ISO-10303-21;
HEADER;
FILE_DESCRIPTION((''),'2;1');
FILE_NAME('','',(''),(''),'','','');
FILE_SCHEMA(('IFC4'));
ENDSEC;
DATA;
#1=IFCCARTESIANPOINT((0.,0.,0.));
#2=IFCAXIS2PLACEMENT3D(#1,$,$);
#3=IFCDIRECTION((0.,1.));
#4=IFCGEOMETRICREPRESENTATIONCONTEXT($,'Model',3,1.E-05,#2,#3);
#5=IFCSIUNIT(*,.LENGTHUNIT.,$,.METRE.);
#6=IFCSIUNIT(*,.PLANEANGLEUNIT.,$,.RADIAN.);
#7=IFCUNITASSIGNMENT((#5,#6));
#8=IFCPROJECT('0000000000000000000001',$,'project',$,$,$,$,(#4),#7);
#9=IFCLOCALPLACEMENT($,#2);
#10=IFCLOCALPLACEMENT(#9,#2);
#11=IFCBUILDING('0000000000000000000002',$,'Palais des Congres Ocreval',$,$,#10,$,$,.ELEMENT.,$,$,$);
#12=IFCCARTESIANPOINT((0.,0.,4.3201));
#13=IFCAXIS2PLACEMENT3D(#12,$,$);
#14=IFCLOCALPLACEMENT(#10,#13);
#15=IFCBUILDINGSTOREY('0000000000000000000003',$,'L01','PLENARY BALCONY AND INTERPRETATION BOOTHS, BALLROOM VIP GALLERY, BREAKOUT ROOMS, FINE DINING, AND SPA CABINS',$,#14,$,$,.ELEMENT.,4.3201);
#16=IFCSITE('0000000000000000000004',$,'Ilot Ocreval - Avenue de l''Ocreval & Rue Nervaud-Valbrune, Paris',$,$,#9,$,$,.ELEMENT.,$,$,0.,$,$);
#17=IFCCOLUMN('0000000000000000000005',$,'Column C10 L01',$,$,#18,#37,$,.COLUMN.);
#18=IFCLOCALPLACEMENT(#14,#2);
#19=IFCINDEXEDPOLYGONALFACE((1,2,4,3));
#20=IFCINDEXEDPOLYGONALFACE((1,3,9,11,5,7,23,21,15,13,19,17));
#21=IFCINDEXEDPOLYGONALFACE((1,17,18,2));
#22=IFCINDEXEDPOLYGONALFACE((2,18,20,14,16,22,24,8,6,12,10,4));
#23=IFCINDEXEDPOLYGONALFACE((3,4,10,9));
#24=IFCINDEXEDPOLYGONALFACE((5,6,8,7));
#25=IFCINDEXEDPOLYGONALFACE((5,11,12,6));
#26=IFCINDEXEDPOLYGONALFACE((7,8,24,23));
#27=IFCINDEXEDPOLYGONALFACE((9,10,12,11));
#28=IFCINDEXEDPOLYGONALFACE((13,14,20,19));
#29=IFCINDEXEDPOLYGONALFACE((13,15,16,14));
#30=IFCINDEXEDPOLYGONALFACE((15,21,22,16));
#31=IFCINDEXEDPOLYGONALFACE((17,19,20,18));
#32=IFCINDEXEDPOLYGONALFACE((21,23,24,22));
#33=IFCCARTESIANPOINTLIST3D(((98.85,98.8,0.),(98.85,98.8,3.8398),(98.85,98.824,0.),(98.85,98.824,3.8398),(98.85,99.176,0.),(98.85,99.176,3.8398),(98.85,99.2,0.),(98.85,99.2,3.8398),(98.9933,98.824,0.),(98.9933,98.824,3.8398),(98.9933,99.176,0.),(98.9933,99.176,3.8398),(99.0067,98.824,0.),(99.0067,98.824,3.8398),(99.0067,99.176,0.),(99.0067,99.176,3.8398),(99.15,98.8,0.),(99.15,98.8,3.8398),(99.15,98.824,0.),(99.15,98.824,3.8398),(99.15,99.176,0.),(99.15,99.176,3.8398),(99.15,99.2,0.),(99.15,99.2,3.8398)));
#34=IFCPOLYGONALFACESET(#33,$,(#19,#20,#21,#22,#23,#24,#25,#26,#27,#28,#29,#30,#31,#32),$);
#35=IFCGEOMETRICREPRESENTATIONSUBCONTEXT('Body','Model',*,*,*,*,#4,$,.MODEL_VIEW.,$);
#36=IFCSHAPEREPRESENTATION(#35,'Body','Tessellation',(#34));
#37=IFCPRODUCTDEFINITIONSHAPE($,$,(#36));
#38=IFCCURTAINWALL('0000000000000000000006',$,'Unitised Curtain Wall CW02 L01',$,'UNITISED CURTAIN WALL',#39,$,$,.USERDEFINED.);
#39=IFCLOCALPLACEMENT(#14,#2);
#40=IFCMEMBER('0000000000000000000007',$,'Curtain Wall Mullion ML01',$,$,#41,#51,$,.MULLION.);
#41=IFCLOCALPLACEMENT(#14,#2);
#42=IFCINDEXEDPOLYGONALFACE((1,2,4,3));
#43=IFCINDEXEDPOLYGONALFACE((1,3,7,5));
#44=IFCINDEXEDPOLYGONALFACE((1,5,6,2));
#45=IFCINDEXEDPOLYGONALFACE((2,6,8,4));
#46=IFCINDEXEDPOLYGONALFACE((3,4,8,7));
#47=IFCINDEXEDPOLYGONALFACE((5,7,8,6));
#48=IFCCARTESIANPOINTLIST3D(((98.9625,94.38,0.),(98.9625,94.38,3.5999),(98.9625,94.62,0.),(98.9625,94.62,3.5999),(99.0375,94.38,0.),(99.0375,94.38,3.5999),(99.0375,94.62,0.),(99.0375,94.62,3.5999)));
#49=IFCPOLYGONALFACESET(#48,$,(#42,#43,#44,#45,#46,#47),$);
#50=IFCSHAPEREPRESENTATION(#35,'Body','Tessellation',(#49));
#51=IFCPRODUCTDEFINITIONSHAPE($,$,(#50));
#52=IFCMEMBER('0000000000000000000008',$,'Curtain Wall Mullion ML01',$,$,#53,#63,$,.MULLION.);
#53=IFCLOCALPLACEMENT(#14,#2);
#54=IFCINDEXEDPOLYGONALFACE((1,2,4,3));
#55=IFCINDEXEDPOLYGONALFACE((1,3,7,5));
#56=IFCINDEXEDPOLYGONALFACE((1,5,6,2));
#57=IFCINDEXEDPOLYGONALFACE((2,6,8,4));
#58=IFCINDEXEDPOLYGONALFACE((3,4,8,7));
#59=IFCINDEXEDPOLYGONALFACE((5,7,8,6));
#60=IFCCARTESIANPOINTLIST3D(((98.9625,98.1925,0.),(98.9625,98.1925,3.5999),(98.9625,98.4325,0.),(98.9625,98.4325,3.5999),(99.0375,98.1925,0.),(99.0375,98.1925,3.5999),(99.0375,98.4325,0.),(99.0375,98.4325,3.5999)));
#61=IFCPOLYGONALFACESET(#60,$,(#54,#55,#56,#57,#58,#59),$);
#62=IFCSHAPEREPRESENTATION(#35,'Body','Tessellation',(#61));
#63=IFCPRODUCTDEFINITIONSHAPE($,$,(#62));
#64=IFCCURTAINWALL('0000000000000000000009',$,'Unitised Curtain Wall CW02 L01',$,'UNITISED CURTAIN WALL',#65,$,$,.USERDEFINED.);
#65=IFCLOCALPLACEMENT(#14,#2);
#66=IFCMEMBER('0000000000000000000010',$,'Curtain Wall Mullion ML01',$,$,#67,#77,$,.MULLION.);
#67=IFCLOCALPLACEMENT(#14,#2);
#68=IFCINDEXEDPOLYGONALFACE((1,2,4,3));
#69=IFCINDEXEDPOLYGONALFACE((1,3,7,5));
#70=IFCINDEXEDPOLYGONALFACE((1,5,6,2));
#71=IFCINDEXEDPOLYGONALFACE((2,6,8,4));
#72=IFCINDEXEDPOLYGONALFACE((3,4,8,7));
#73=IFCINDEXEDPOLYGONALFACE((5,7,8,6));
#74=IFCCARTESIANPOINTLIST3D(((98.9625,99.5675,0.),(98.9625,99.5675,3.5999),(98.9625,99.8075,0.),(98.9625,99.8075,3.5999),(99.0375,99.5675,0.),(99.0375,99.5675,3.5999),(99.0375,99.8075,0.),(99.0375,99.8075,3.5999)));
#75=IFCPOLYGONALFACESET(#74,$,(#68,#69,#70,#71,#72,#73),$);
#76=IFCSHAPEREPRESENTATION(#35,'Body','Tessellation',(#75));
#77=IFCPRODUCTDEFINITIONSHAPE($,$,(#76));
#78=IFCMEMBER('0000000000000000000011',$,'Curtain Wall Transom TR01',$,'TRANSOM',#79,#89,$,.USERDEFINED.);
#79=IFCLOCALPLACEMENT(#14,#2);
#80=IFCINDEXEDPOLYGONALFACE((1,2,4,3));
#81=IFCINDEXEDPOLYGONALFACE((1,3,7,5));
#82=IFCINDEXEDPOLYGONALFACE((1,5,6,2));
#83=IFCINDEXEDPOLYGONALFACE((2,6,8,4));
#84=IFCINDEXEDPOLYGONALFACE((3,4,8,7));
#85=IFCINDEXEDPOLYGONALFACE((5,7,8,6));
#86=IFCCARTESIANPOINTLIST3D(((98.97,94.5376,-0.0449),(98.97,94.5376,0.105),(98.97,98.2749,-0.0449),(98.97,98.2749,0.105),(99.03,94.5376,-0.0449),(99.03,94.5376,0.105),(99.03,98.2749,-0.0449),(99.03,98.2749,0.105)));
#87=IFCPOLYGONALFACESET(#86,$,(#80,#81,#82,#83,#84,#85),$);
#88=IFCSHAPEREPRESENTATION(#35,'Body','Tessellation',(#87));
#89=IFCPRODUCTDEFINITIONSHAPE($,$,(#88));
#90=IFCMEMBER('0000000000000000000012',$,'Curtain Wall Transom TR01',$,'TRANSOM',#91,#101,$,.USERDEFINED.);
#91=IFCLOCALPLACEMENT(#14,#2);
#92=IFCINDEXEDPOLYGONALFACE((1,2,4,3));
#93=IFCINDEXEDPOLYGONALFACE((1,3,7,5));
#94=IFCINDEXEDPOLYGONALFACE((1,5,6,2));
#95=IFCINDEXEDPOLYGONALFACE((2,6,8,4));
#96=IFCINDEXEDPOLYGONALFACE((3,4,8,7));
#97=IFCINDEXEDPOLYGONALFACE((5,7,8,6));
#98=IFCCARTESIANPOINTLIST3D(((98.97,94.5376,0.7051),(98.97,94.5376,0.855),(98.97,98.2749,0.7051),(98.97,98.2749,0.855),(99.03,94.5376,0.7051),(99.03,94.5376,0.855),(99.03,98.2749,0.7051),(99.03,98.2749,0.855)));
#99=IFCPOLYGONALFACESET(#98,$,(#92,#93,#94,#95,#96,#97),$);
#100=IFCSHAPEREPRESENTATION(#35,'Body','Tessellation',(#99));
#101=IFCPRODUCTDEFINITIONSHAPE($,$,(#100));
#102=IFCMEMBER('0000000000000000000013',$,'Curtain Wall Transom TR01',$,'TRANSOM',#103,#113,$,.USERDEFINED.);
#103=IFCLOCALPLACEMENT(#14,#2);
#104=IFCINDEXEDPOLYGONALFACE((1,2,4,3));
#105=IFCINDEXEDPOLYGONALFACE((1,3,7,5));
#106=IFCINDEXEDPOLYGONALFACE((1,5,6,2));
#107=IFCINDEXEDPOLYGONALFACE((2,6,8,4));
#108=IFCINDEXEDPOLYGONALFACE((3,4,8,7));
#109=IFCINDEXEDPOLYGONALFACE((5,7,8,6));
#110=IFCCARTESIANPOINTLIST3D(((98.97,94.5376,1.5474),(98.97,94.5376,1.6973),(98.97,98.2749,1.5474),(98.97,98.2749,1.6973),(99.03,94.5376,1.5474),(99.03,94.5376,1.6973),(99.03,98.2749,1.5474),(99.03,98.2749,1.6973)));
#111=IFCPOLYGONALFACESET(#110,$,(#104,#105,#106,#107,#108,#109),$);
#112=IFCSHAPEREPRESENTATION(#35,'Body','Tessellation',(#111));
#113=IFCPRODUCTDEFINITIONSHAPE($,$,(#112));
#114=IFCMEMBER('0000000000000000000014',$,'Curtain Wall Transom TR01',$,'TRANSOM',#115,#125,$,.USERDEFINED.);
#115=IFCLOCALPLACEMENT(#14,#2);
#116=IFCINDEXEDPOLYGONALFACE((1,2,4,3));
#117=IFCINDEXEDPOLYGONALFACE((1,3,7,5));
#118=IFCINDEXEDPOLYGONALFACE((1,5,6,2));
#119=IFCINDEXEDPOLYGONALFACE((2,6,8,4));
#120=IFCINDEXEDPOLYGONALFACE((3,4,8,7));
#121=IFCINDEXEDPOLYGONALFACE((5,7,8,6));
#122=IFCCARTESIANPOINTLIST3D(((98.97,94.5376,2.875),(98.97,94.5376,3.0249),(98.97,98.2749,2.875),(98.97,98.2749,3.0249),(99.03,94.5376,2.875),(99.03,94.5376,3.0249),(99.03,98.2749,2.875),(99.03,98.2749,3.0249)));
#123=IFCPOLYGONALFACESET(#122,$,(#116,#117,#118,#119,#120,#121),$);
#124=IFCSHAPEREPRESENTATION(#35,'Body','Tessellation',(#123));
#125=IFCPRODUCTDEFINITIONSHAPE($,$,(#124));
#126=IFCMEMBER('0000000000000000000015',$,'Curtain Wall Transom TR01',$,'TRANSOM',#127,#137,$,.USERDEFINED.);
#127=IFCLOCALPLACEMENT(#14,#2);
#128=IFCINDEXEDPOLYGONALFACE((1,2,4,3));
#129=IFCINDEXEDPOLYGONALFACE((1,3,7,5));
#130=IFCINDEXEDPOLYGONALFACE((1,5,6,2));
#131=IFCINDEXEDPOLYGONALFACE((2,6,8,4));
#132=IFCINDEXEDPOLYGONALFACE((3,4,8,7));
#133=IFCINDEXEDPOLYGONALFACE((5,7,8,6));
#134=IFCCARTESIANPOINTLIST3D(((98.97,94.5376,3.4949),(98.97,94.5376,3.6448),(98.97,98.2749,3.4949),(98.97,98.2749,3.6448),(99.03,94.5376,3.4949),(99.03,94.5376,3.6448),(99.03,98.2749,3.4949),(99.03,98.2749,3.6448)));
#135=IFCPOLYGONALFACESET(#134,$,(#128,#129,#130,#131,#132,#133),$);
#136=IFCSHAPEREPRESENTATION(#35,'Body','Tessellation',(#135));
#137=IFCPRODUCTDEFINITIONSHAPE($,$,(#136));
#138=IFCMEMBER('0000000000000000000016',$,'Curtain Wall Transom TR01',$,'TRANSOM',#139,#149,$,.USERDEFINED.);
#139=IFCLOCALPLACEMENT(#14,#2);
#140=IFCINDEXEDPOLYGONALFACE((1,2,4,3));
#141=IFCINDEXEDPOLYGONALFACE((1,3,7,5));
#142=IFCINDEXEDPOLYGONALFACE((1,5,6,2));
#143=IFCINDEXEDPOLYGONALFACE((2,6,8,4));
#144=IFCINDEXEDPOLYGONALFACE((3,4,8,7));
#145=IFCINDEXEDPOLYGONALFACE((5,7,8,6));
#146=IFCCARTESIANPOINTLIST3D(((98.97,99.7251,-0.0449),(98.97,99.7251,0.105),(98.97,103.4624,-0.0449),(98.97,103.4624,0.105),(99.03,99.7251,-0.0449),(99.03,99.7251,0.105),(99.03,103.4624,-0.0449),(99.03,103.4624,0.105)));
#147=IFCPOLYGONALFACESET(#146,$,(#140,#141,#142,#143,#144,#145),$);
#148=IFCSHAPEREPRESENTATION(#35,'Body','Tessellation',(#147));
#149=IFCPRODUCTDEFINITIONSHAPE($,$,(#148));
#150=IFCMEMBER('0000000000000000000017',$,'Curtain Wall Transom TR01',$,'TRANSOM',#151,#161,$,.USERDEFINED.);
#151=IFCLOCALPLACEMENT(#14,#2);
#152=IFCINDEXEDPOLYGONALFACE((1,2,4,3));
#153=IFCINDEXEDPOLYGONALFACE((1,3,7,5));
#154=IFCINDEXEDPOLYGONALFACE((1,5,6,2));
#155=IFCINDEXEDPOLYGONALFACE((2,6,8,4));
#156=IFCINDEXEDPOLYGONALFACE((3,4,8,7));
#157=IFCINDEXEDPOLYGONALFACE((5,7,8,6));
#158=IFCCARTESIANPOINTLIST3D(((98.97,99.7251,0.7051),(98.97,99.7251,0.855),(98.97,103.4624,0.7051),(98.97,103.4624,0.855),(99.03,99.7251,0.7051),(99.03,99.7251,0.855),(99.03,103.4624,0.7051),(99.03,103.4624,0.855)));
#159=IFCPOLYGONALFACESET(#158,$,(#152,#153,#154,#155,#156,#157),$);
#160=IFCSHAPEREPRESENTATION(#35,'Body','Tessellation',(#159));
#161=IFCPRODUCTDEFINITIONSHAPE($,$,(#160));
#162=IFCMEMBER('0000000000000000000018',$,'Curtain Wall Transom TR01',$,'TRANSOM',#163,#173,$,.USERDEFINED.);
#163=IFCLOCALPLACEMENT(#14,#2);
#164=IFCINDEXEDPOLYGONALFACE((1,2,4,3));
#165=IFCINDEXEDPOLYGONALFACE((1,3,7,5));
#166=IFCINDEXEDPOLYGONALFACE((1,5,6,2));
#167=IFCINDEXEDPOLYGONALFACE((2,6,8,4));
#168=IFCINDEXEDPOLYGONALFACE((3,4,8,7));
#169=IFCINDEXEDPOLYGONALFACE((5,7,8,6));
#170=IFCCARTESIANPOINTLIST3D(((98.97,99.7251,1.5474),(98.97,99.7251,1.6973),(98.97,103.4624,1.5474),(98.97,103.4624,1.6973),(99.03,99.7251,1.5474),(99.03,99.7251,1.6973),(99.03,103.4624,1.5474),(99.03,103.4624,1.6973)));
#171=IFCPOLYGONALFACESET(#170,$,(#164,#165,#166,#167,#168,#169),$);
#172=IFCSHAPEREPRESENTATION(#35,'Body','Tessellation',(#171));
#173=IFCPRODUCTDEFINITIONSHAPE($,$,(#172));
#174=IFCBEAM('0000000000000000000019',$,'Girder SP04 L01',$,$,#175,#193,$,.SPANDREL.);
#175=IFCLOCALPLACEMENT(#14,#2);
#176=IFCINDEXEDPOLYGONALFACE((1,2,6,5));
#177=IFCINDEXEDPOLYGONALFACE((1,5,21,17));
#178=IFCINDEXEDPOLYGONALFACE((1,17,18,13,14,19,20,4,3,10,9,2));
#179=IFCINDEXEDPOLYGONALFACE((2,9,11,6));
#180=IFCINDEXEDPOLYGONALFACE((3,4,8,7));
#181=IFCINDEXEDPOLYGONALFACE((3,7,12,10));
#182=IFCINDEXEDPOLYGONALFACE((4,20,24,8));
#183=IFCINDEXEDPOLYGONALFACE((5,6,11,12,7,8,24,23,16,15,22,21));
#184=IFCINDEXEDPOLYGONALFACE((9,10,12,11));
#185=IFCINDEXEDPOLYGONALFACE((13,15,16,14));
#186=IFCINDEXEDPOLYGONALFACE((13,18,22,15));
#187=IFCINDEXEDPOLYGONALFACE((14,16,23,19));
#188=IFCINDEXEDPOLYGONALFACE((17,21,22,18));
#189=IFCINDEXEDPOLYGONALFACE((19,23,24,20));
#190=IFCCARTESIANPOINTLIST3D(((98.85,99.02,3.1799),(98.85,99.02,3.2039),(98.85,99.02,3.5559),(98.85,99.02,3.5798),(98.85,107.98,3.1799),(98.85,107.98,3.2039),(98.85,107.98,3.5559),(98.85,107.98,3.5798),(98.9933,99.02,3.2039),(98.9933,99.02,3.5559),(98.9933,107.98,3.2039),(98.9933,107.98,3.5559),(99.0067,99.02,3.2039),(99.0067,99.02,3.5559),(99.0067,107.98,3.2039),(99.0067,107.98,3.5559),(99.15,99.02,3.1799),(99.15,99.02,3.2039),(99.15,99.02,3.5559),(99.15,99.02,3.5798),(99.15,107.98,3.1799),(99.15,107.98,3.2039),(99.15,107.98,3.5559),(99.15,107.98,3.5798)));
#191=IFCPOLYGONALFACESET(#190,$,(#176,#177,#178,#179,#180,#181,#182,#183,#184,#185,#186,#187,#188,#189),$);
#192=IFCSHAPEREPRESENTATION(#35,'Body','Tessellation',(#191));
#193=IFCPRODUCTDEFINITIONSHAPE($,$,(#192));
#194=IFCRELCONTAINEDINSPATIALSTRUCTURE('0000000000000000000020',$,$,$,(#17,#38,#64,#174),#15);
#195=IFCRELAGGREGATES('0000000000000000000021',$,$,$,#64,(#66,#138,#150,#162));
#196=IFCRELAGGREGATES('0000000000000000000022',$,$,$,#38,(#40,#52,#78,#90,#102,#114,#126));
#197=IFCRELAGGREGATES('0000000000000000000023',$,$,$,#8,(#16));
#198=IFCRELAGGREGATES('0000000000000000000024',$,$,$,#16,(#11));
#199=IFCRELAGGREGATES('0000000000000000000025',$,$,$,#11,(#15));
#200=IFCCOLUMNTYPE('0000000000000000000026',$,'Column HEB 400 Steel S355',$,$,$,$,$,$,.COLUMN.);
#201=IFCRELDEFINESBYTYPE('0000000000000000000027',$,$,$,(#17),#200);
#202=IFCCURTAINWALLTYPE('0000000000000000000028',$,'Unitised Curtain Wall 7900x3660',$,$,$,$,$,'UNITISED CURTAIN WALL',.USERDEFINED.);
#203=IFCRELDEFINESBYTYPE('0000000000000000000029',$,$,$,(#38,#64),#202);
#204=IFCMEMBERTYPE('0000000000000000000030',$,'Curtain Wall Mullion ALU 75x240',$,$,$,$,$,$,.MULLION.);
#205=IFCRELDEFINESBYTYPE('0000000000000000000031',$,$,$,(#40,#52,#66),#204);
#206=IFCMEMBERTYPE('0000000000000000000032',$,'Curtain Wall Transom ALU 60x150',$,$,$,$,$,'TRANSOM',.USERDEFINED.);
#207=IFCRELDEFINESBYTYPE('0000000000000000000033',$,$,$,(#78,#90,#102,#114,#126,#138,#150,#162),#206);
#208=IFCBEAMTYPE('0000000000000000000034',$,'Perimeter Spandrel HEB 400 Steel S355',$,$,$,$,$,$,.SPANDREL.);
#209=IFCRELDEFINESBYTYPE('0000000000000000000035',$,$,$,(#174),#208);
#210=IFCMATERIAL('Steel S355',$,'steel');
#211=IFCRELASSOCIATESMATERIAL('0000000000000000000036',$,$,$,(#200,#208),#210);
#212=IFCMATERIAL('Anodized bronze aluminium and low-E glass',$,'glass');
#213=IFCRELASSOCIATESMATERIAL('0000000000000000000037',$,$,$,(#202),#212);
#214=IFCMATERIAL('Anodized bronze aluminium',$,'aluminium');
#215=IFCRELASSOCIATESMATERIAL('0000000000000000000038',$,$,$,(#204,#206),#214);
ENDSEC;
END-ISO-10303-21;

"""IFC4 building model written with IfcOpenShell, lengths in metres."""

from ifc_helpers import new_model, si_unit, direction, frame, origin, origin_2d, place, context, subcontext, project, spatial, rectangle, i_section, extrude, material, material_profile, profile_set, type_object, element, aggregate, save


model = new_model("IFC4")

# Units and contexts
model_context = context("Model", 3, precision=1e-05, world=origin(), true_north=direction((0.0, 1.0)))
body_context = subcontext(model_context, "Body", "Model", "MODEL_VIEW")
ifc_project = project(units=[si_unit("LENGTHUNIT", "METRE"), si_unit("PLANEANGLEUNIT", "RADIAN")], contexts=[model_context])

# Site, building, storey
site_placement = place(None, origin())
site = spatial("IfcSite", under=ifc_project, at=site_placement, Name="Ilot Ocreval - Avenue de l'Ocreval & Rue Nervaud-Valbrune, Paris", CompositionType="ELEMENT", RefElevation=0.0)
building_placement = place(site_placement, origin())
building = spatial("IfcBuilding", under=site, at=building_placement, Name="Palais des Congres Ocreval", CompositionType="ELEMENT")
storey_placement = place(building_placement, frame((0.0, 0.0, 4.3201)))
storey = spatial("IfcBuildingStorey", under=building, at=storey_placement, Name="L01", Description="PLENARY BALCONY AND INTERPRETATION BOOTHS, BALLROOM VIP GALLERY, BREAKOUT ROOMS, FINE DINING, AND SPA CABINS", CompositionType="ELEMENT", Elevation=4.3201)

# Column
ifc_material_1 = material(Name="Steel S355", Category="steel")
ifc_material_profile_1 = material_profile(ifc_material_1, i_section(OverallWidth=0.3, OverallDepth=0.3999, WebThickness=0.0134, FlangeThickness=0.0239, at=origin_2d()), Name="HEB 400")
ifc_profile_set_1 = profile_set([ifc_material_profile_1], Name="Steel S355")
column_type = type_object("IfcColumnType", Name="Column HEB 400 Steel S355", PredefinedType="COLUMN", material=ifc_profile_set_1)
column_placement = place(storey_placement, frame((99.0, 99.0, 0.0), z_axis=(0.0, 0.0, 1.0), x_axis=(1.0, 0.0, 0.0)))
element("IfcColumn", 1, at=column_placement, inside=storey, type_object=column_type, Name="Column C10 L01", PredefinedType="COLUMN", context=body_context, shape_type="SweptSolid", body=[
    extrude(i_section(OverallWidth=0.3, OverallDepth=0.3999, WebThickness=0.0134, FlangeThickness=0.0239, at=origin_2d()), origin(), (0.0, 0.0, 1.0), 3.8398),
])

# Curtain wall, members
ifc_material_2 = material(Name="Anodized bronze aluminium and low-E glass", Category="glass")
curtain_wall_type = type_object("IfcCurtainWallType", Name="Unitised Curtain Wall 7900x3660", ElementType="UNITISED CURTAIN WALL", PredefinedType="USERDEFINED", material=ifc_material_2)
curtain_wall_1_placement = place(storey_placement, origin())
curtain_wall_1 = element("IfcCurtainWall", 2, at=curtain_wall_1_placement, inside=storey, type_object=curtain_wall_type, Name="Unitised Curtain Wall CW02 L01", ObjectType="UNITISED CURTAIN WALL", PredefinedType="USERDEFINED")
ifc_material_3 = material(Name="Anodized bronze aluminium", Category="aluminium")
ifc_material_profile_2 = material_profile(ifc_material_3, rectangle(XDim=0.075, YDim=0.24, at=origin_2d()), Name="ALU 75x240")
ifc_profile_set_2 = profile_set([ifc_material_profile_2], Name="Anodized bronze aluminium")
member_type_1 = type_object("IfcMemberType", Name="Curtain Wall Mullion ALU 75x240", PredefinedType="MULLION", material=ifc_profile_set_2)
member_1_placement = place(storey_placement, frame((99.0, 94.5, 0.0), z_axis=(0.0, 0.0, 1.0), x_axis=(-1.0, 0.0, 0.0)))
member_1 = element("IfcMember", 3, at=member_1_placement, type_object=member_type_1, Name="Curtain Wall Mullion ML01", PredefinedType="MULLION", context=body_context, shape_type="SweptSolid", body=[
    extrude(rectangle(XDim=0.075, YDim=0.24, at=origin_2d()), origin(), (0.0, 0.0, 1.0), 3.5999),
])
member_2_placement = place(storey_placement, frame((99.0, 98.3125, 0.0), z_axis=(0.0, 0.0, 1.0), x_axis=(-1.0, 0.0, 0.0)))
member_2 = element("IfcMember", 4, at=member_2_placement, type_object=member_type_1, Name="Curtain Wall Mullion ML01", PredefinedType="MULLION", context=body_context, shape_type="SweptSolid", body=[
    extrude(rectangle(XDim=0.075, YDim=0.24, at=origin_2d()), origin(), (0.0, 0.0, 1.0), 3.5999),
])

# Curtain wall, member
curtain_wall_2_placement = place(storey_placement, origin())
curtain_wall_2 = element("IfcCurtainWall", 5, at=curtain_wall_2_placement, inside=storey, type_object=curtain_wall_type, Name="Unitised Curtain Wall CW02 L01", ObjectType="UNITISED CURTAIN WALL", PredefinedType="USERDEFINED")
member_3_placement = place(storey_placement, frame((99.0, 99.6875, 0.0), z_axis=(0.0, 0.0, 1.0), x_axis=(-1.0, 0.0, 0.0)))
member_3 = element("IfcMember", 6, at=member_3_placement, type_object=member_type_1, Name="Curtain Wall Mullion ML01", PredefinedType="MULLION", context=body_context, shape_type="SweptSolid", body=[
    extrude(rectangle(XDim=0.075, YDim=0.24, at=origin_2d()), origin(), (0.0, 0.0, 1.0), 3.5999),
])

# Members
ifc_material_profile_3 = material_profile(ifc_material_3, rectangle(XDim=0.0601, YDim=0.1499, at=origin_2d()), Name="ALU 60x150")
ifc_profile_set_3 = profile_set([ifc_material_profile_3], Name="Anodized bronze aluminium")
member_type_2 = type_object("IfcMemberType", Name="Curtain Wall Transom ALU 60x150", ElementType="TRANSOM", PredefinedType="USERDEFINED", material=ifc_profile_set_3)
member_4_placement = place(storey_placement, frame((99.0, 94.5376, 0.03), z_axis=(0.0, 1.0, 0.0), x_axis=(-1.0, 0.0, 0.0)))
member_4 = element("IfcMember", 7, at=member_4_placement, type_object=member_type_2, Name="Curtain Wall Transom TR01", ObjectType="TRANSOM", PredefinedType="USERDEFINED", context=body_context, shape_type="SweptSolid", body=[
    extrude(rectangle(XDim=0.0601, YDim=0.1499, at=origin_2d()), origin(), (0.0, 0.0, 1.0), 3.7373),
])
member_5_placement = place(storey_placement, frame((99.0, 94.5376, 0.78), z_axis=(0.0, 1.0, 0.0), x_axis=(-1.0, 0.0, 0.0)))
member_5 = element("IfcMember", 8, at=member_5_placement, type_object=member_type_2, Name="Curtain Wall Transom TR01", ObjectType="TRANSOM", PredefinedType="USERDEFINED", context=body_context, shape_type="SweptSolid", body=[
    extrude(rectangle(XDim=0.0601, YDim=0.1499, at=origin_2d()), origin(), (0.0, 0.0, 1.0), 3.7373),
])
member_6_placement = place(storey_placement, frame((99.0, 94.5376, 1.6223), z_axis=(0.0, 1.0, 0.0), x_axis=(-1.0, 0.0, 0.0)))
member_6 = element("IfcMember", 9, at=member_6_placement, type_object=member_type_2, Name="Curtain Wall Transom TR01", ObjectType="TRANSOM", PredefinedType="USERDEFINED", context=body_context, shape_type="SweptSolid", body=[
    extrude(rectangle(XDim=0.0601, YDim=0.1499, at=origin_2d()), origin(), (0.0, 0.0, 1.0), 3.7373),
])
member_7_placement = place(storey_placement, frame((99.0, 94.5376, 2.95), z_axis=(0.0, 1.0, 0.0), x_axis=(-1.0, 0.0, 0.0)))
member_7 = element("IfcMember", 10, at=member_7_placement, type_object=member_type_2, Name="Curtain Wall Transom TR01", ObjectType="TRANSOM", PredefinedType="USERDEFINED", context=body_context, shape_type="SweptSolid", body=[
    extrude(rectangle(XDim=0.0601, YDim=0.1499, at=origin_2d()), origin(), (0.0, 0.0, 1.0), 3.7373),
])
member_8_placement = place(storey_placement, frame((99.0, 94.5376, 3.5698), z_axis=(0.0, 1.0, 0.0), x_axis=(-1.0, 0.0, 0.0)))
member_8 = element("IfcMember", 11, at=member_8_placement, type_object=member_type_2, Name="Curtain Wall Transom TR01", ObjectType="TRANSOM", PredefinedType="USERDEFINED", context=body_context, shape_type="SweptSolid", body=[
    extrude(rectangle(XDim=0.0601, YDim=0.1499, at=origin_2d()), origin(), (0.0, 0.0, 1.0), 3.7373),
])
member_9_placement = place(storey_placement, frame((99.0, 99.7251, 0.03), z_axis=(0.0, 1.0, 0.0), x_axis=(-1.0, 0.0, 0.0)))
member_9 = element("IfcMember", 12, at=member_9_placement, type_object=member_type_2, Name="Curtain Wall Transom TR01", ObjectType="TRANSOM", PredefinedType="USERDEFINED", context=body_context, shape_type="SweptSolid", body=[
    extrude(rectangle(XDim=0.0601, YDim=0.1499, at=origin_2d()), origin(), (0.0, 0.0, 1.0), 3.7373),
])
member_10_placement = place(storey_placement, frame((99.0, 99.7251, 0.78), z_axis=(0.0, 1.0, 0.0), x_axis=(-1.0, 0.0, 0.0)))
member_10 = element("IfcMember", 13, at=member_10_placement, type_object=member_type_2, Name="Curtain Wall Transom TR01", ObjectType="TRANSOM", PredefinedType="USERDEFINED", context=body_context, shape_type="SweptSolid", body=[
    extrude(rectangle(XDim=0.0601, YDim=0.1499, at=origin_2d()), origin(), (0.0, 0.0, 1.0), 3.7373),
])
member_11_placement = place(storey_placement, frame((99.0, 99.7251, 1.6223), z_axis=(0.0, 1.0, 0.0), x_axis=(-1.0, 0.0, 0.0)))
member_11 = element("IfcMember", 14, at=member_11_placement, type_object=member_type_2, Name="Curtain Wall Transom TR01", ObjectType="TRANSOM", PredefinedType="USERDEFINED", context=body_context, shape_type="SweptSolid", body=[
    extrude(rectangle(XDim=0.0601, YDim=0.1499, at=origin_2d()), origin(), (0.0, 0.0, 1.0), 3.7373),
])
aggregate(curtain_wall_2, [member_3, member_9, member_10, member_11])

# Beam
ifc_material_profile_4 = material_profile(ifc_material_1, i_section(OverallWidth=0.3, OverallDepth=0.3999, WebThickness=0.0134, FlangeThickness=0.0239, at=origin_2d()), Name="HEB 400")
ifc_profile_set_4 = profile_set([ifc_material_profile_4], Name="Steel S355")
beam_type = type_object("IfcBeamType", Name="Perimeter Spandrel HEB 400 Steel S355", PredefinedType="SPANDREL", material=ifc_profile_set_4)
beam_placement = place(storey_placement, frame((99.0, 99.02, 3.3799), z_axis=(0.0, 1.0, 0.0), x_axis=(-1.0, 0.0, 0.0)))
element("IfcBeam", 15, at=beam_placement, inside=storey, type_object=beam_type, Name="Girder SP04 L01", PredefinedType="SPANDREL", context=body_context, shape_type="SweptSolid", body=[
    extrude(i_section(OverallWidth=0.3, OverallDepth=0.3999, WebThickness=0.0134, FlangeThickness=0.0239, at=origin_2d()), origin(), (0.0, 0.0, 1.0), 8.96),
])

aggregate(curtain_wall_1, [member_1, member_2, member_4, member_5, member_6, member_7, member_8])

save(model, "model.ifc")
